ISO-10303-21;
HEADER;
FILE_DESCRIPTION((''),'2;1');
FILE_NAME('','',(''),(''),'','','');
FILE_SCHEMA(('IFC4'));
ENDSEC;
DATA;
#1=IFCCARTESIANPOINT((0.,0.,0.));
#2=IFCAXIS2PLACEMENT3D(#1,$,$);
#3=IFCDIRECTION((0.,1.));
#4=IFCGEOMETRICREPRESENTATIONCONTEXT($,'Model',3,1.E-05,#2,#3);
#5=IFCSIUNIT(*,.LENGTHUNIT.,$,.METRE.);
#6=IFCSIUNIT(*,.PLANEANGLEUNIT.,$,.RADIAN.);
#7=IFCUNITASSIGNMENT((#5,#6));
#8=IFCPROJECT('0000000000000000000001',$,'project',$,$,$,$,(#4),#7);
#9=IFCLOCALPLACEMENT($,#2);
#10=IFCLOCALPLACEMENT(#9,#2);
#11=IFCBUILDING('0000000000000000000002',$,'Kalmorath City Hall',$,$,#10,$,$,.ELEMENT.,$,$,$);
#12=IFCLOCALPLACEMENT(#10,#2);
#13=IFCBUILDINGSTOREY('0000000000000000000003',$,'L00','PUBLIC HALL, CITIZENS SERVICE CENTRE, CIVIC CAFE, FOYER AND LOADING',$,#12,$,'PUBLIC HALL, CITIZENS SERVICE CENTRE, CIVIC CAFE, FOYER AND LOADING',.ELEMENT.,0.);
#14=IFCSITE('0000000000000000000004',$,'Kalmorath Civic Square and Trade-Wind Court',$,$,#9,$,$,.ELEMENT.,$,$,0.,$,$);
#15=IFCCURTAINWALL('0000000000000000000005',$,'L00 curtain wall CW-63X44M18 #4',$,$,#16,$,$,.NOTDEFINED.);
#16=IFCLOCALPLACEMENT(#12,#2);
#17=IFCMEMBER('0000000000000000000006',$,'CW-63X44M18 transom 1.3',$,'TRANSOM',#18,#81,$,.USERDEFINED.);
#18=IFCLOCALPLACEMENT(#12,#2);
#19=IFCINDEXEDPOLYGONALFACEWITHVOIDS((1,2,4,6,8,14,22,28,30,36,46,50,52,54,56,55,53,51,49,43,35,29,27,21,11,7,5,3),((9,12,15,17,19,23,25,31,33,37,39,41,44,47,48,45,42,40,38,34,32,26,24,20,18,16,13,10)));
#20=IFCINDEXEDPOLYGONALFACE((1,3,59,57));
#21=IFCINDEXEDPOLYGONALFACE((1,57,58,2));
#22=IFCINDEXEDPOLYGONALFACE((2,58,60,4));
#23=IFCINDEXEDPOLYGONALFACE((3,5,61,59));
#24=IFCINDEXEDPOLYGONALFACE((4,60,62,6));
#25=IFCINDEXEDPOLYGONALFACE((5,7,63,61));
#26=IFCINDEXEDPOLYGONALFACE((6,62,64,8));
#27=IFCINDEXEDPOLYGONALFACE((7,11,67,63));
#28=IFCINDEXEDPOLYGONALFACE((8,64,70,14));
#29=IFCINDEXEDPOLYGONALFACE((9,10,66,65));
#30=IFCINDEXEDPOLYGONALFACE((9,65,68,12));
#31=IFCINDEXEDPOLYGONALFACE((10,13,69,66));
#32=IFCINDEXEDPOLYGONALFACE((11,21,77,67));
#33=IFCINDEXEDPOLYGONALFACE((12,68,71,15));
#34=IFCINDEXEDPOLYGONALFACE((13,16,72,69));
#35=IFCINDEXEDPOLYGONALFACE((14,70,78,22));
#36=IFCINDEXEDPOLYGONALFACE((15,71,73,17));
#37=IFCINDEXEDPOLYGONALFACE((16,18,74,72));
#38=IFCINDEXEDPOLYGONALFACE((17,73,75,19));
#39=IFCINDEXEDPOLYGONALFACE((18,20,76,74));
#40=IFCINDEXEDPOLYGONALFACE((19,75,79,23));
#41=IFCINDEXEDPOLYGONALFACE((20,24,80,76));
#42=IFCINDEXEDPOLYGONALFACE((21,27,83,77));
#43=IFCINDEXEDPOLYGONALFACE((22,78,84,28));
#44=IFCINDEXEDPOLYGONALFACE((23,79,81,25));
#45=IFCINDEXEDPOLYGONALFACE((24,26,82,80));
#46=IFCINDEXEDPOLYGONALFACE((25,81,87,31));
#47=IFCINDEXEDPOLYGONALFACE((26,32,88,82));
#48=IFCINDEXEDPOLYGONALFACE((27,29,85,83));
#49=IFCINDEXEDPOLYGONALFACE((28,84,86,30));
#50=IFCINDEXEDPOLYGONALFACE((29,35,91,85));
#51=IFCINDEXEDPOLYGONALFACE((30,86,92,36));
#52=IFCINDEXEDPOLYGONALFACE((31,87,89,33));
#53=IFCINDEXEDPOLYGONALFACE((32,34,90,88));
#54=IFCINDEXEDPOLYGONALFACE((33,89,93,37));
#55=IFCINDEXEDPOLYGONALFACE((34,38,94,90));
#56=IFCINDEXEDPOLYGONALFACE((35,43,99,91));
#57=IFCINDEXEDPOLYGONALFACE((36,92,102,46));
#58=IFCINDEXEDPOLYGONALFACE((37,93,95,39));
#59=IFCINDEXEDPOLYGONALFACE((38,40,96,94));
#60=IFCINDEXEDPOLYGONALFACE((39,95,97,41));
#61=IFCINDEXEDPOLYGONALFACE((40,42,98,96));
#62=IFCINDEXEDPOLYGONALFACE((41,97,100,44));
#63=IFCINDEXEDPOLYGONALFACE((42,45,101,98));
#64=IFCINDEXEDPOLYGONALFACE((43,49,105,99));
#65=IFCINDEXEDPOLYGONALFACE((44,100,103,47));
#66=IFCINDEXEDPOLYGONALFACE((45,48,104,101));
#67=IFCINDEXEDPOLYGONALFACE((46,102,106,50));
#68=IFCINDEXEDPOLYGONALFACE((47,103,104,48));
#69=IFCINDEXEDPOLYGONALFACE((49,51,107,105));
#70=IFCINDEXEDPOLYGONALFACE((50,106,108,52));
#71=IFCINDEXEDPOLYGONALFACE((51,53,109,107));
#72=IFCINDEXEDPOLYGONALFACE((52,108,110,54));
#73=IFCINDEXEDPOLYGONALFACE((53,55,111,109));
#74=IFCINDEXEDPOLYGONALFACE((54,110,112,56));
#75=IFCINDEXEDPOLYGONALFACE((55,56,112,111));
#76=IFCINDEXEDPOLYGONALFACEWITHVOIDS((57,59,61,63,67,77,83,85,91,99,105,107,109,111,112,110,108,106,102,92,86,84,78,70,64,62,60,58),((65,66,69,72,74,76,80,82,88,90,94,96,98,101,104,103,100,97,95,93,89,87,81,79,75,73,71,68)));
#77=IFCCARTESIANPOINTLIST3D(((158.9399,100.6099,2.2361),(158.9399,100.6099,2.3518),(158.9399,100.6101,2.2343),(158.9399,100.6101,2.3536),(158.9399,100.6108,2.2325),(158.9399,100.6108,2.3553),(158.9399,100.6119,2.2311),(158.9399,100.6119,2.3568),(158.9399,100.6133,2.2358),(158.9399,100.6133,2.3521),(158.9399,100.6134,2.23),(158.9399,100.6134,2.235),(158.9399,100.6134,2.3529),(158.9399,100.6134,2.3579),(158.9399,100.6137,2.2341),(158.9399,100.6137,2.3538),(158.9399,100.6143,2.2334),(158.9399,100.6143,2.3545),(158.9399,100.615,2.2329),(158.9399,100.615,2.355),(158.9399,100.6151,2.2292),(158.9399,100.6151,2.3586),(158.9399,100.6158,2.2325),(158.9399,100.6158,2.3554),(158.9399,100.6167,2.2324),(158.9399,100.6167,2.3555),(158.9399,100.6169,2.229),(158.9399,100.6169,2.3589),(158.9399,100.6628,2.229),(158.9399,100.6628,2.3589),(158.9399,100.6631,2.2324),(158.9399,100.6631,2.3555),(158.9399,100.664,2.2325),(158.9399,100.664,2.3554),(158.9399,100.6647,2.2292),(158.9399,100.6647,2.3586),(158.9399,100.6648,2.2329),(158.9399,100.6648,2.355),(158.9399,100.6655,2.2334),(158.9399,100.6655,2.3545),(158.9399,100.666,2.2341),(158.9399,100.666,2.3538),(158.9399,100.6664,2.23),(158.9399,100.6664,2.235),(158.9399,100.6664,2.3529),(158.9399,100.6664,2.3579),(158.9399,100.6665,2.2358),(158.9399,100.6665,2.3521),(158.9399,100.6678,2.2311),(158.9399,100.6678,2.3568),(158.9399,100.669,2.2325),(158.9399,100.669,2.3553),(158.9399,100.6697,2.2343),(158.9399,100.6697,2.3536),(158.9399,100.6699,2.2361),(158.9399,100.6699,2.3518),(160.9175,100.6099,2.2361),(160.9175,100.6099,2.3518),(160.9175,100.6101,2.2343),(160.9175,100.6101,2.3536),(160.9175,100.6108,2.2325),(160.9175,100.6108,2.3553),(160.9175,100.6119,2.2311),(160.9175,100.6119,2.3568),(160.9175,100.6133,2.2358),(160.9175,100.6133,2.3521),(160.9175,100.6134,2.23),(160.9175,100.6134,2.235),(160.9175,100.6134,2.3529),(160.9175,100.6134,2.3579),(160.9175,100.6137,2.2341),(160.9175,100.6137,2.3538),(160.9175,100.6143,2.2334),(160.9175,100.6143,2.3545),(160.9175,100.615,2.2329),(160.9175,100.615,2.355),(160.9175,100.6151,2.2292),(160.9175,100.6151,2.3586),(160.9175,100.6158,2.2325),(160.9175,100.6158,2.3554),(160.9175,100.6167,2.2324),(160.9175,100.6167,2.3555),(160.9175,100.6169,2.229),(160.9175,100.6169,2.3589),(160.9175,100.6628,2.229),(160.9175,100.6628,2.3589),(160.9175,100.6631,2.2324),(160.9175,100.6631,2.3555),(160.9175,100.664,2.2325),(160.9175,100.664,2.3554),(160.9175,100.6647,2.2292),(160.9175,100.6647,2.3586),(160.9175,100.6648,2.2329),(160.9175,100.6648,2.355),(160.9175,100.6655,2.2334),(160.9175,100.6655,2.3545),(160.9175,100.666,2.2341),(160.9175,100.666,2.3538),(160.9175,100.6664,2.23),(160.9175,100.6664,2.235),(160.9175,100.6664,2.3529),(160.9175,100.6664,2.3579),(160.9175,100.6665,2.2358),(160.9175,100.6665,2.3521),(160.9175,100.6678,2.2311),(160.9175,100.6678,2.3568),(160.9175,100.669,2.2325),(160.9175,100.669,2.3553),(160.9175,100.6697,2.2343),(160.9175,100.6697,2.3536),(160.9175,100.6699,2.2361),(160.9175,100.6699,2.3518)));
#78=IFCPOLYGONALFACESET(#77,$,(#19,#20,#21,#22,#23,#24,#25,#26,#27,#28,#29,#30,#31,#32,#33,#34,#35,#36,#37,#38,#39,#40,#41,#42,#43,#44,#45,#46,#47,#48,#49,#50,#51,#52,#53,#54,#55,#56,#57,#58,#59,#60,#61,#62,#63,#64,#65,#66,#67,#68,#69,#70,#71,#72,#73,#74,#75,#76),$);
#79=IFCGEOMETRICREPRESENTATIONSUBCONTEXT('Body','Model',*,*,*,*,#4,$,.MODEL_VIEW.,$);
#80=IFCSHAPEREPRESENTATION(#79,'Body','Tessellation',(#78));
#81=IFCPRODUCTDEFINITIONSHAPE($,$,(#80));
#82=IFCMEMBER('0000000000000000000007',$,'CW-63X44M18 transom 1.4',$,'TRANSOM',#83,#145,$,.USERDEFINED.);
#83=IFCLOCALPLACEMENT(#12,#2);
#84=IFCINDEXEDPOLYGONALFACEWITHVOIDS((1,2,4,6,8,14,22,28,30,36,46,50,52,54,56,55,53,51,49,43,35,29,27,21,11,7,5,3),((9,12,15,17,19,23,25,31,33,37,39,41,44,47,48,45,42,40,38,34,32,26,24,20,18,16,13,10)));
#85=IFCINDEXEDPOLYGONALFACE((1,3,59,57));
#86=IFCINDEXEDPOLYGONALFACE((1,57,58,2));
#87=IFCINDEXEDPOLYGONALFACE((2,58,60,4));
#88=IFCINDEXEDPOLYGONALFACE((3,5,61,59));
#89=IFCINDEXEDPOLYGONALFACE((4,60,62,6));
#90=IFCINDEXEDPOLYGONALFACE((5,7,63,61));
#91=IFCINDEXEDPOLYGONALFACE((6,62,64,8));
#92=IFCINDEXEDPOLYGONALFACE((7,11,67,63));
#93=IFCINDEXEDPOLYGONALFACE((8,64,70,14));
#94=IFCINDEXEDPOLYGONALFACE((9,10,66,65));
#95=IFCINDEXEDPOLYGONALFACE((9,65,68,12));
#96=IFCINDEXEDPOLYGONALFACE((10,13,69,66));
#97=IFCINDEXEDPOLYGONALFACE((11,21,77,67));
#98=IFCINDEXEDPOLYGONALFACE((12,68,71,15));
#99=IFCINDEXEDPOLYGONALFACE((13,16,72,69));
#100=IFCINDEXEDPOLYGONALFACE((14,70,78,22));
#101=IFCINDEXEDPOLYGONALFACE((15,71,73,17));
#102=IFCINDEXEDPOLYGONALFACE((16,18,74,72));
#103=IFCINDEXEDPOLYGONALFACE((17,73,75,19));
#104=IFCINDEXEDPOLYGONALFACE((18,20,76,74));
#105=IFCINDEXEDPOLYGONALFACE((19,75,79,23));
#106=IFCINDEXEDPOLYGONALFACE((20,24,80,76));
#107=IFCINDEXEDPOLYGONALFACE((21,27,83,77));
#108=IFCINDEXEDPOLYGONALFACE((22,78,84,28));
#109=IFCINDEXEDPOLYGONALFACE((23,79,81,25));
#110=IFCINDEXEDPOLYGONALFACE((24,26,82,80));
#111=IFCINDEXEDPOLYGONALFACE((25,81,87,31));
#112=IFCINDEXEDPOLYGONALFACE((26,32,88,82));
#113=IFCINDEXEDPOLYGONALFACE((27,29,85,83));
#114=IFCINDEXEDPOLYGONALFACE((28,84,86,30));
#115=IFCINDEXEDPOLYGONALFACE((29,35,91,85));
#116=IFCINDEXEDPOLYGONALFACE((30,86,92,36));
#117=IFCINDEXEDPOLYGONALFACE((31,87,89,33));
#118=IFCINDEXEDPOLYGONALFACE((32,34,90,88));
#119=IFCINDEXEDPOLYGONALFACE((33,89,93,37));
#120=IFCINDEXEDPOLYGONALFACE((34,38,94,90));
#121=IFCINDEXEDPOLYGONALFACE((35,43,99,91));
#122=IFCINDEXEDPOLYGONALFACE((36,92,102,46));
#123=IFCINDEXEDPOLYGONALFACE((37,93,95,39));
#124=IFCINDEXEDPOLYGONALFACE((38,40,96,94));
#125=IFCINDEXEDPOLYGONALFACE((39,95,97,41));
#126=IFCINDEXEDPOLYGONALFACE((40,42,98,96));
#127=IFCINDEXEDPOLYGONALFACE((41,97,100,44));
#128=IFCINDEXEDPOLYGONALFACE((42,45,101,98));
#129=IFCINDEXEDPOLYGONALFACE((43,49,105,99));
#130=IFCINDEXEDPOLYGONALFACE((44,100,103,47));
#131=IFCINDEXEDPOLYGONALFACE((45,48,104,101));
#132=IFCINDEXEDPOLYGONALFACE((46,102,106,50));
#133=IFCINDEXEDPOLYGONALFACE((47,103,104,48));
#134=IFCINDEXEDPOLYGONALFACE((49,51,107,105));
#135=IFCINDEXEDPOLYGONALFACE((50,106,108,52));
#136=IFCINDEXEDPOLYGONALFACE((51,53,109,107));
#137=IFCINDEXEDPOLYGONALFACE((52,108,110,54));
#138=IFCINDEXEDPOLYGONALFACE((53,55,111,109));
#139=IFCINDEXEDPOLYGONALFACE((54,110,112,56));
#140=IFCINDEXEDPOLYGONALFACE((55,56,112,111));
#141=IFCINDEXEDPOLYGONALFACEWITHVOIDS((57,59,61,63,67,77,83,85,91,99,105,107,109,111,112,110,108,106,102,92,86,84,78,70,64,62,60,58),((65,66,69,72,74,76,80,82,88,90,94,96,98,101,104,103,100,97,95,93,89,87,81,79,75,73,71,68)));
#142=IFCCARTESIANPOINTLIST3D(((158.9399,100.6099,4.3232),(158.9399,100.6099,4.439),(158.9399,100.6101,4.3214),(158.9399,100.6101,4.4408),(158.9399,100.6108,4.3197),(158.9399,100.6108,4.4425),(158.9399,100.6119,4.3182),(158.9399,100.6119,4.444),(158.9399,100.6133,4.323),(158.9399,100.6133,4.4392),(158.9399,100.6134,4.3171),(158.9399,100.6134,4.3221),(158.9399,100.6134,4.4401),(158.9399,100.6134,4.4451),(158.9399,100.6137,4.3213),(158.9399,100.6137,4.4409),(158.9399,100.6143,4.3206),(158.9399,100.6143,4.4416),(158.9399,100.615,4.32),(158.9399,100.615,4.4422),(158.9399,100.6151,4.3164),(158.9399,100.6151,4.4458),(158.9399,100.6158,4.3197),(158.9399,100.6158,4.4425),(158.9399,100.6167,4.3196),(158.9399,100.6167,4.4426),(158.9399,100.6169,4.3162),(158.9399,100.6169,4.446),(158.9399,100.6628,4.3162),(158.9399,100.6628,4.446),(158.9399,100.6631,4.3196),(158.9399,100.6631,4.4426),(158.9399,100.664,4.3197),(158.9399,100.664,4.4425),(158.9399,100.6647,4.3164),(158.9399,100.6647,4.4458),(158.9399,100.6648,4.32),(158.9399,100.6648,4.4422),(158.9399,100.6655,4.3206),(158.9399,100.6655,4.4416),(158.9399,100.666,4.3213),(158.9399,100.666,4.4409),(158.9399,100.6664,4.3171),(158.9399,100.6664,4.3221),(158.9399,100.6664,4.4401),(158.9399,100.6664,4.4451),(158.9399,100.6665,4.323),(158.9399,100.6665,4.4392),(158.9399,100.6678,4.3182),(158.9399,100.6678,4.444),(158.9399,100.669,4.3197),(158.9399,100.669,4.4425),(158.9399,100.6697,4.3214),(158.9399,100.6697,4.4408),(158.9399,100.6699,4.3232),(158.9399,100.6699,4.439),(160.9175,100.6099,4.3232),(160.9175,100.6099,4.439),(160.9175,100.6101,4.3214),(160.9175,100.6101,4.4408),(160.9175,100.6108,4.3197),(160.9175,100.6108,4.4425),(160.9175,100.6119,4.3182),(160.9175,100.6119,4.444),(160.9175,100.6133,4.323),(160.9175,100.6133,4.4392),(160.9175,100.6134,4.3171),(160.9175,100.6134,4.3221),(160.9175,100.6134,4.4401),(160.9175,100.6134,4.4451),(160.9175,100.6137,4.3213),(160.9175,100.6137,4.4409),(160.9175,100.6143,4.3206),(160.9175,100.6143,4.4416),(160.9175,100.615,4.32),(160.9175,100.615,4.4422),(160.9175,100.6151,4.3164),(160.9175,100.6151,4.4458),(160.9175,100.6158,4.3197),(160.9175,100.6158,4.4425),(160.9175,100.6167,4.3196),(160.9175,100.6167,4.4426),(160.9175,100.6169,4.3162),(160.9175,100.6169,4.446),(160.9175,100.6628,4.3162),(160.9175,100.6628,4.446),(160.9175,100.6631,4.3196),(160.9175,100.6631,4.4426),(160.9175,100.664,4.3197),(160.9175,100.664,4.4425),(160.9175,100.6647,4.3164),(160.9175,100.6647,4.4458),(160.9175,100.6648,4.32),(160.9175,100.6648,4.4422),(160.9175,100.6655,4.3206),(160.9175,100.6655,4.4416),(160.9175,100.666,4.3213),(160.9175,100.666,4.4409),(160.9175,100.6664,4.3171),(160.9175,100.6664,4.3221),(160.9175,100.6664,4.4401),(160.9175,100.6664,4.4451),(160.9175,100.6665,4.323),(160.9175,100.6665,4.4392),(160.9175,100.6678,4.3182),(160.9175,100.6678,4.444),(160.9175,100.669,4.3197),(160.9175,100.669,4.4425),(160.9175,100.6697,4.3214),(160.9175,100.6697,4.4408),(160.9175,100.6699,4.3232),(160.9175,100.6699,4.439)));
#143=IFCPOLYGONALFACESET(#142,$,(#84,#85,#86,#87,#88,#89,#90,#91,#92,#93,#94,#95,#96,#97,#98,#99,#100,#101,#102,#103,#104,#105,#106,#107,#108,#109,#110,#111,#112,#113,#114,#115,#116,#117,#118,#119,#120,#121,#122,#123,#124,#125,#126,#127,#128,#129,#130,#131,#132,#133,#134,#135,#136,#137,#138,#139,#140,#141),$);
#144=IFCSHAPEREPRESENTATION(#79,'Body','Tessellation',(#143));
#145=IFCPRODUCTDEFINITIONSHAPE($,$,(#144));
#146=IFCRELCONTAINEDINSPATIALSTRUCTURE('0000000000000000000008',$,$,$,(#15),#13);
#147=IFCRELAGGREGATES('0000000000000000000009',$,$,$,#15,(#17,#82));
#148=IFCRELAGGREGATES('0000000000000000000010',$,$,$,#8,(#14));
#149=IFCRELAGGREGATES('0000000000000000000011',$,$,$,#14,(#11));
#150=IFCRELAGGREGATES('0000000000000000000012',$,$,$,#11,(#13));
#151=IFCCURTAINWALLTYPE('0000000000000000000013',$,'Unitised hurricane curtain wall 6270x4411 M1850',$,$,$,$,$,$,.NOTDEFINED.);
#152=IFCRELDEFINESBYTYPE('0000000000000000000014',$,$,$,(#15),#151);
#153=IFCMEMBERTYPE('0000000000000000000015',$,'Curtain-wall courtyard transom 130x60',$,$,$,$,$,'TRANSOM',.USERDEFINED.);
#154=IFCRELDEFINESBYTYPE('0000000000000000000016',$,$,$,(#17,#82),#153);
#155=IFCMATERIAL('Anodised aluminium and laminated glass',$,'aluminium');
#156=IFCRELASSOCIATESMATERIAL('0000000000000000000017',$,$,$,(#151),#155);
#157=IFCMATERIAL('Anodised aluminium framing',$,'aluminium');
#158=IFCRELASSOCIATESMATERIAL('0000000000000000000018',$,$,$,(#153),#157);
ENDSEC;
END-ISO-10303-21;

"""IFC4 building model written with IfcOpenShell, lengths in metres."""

from ifc_helpers import new_model, si_unit, direction, frame, origin, origin_2d, place, context, subcontext, project, spatial, hollow_rectangle, extrude, material, material_profile, profile_set, type_object, element, aggregate, save


model = new_model("IFC4")

# Units and contexts
model_context = context("Model", 3, precision=1e-05, world=origin(), true_north=direction((0.0, 1.0)))
body_context = subcontext(model_context, "Body", "Model", "MODEL_VIEW")
ifc_project = project(units=[si_unit("LENGTHUNIT", "METRE"), si_unit("PLANEANGLEUNIT", "RADIAN")], contexts=[model_context])

# Site, building, storey
site_placement = place(None, origin())
site = spatial("IfcSite", under=ifc_project, at=site_placement, Name="Kalmorath Civic Square and Trade-Wind Court", CompositionType="ELEMENT", RefElevation=0.0)
building_placement = place(site_placement, origin())
building = spatial("IfcBuilding", under=site, at=building_placement, Name="Kalmorath City Hall", CompositionType="ELEMENT")
storey_placement = place(building_placement, origin())
storey = spatial("IfcBuildingStorey", under=building, at=storey_placement, Name="L00", Description="PUBLIC HALL, CITIZENS SERVICE CENTRE, CIVIC CAFE, FOYER AND LOADING", LongName="PUBLIC HALL, CITIZENS SERVICE CENTRE, CIVIC CAFE, FOYER AND LOADING", CompositionType="ELEMENT", Elevation=0.0)

# Curtain wall, members
ifc_material_1 = material(Name="Anodised aluminium and laminated glass", Category="aluminium")
curtain_wall_type = type_object("IfcCurtainWallType", Name="Unitised hurricane curtain wall 6270x4411 M1850", PredefinedType="NOTDEFINED", material=ifc_material_1)
curtain_wall_placement = place(storey_placement, origin())
curtain_wall = element("IfcCurtainWall", 1, at=curtain_wall_placement, inside=storey, type_object=curtain_wall_type, Name="L00 curtain wall CW-63X44M18 #4", PredefinedType="NOTDEFINED")
ifc_material_2 = material(Name="Anodised aluminium framing", Category="aluminium")
ifc_material_profile_1 = material_profile(ifc_material_2, hollow_rectangle(XDim=0.0601, YDim=0.1299, WallThickness=0.0034, InnerFilletRadius=0.0034, OuterFilletRadius=0.0071, at=origin_2d()), Name="ALU-TRN-130X60X3.5")
ifc_profile_set_1 = profile_set([ifc_material_profile_1], Name="Anodised aluminium framing")
member_type_1 = type_object("IfcMemberType", Name="Curtain-wall courtyard transom 130x60", ElementType="TRANSOM", PredefinedType="USERDEFINED", material=ifc_profile_set_1)
member_1_placement = place(storey_placement, frame((158.9399, 100.6399, 2.2939), z_axis=(1.0, 0.0, 0.0), x_axis=(0.0, 1.0, 0.0)))
member_1 = element("IfcMember", 2, at=member_1_placement, type_object=member_type_1, Name="CW-63X44M18 transom 1.3", ObjectType="TRANSOM", PredefinedType="USERDEFINED", context=body_context, shape_type="SweptSolid", body=[
    extrude(hollow_rectangle(XDim=0.0601, YDim=0.1299, WallThickness=0.0034, InnerFilletRadius=0.0034, OuterFilletRadius=0.0071, at=origin_2d()), origin(), (0.0, 0.0, 1.0), 1.9775),
])
member_2_placement = place(storey_placement, frame((158.9399, 100.6399, 4.3811), z_axis=(1.0, 0.0, 0.0), x_axis=(0.0, 1.0, 0.0)))
member_2 = element("IfcMember", 3, at=member_2_placement, type_object=member_type_1, Name="CW-63X44M18 transom 1.4", ObjectType="TRANSOM", PredefinedType="USERDEFINED", context=body_context, shape_type="SweptSolid", body=[
    extrude(hollow_rectangle(XDim=0.0601, YDim=0.1299, WallThickness=0.0034, InnerFilletRadius=0.0034, OuterFilletRadius=0.0071, at=origin_2d()), origin(), (0.0, 0.0, 1.0), 1.9775),
])

aggregate(curtain_wall, [member_1, member_2])

save(model, "model.ifc")
